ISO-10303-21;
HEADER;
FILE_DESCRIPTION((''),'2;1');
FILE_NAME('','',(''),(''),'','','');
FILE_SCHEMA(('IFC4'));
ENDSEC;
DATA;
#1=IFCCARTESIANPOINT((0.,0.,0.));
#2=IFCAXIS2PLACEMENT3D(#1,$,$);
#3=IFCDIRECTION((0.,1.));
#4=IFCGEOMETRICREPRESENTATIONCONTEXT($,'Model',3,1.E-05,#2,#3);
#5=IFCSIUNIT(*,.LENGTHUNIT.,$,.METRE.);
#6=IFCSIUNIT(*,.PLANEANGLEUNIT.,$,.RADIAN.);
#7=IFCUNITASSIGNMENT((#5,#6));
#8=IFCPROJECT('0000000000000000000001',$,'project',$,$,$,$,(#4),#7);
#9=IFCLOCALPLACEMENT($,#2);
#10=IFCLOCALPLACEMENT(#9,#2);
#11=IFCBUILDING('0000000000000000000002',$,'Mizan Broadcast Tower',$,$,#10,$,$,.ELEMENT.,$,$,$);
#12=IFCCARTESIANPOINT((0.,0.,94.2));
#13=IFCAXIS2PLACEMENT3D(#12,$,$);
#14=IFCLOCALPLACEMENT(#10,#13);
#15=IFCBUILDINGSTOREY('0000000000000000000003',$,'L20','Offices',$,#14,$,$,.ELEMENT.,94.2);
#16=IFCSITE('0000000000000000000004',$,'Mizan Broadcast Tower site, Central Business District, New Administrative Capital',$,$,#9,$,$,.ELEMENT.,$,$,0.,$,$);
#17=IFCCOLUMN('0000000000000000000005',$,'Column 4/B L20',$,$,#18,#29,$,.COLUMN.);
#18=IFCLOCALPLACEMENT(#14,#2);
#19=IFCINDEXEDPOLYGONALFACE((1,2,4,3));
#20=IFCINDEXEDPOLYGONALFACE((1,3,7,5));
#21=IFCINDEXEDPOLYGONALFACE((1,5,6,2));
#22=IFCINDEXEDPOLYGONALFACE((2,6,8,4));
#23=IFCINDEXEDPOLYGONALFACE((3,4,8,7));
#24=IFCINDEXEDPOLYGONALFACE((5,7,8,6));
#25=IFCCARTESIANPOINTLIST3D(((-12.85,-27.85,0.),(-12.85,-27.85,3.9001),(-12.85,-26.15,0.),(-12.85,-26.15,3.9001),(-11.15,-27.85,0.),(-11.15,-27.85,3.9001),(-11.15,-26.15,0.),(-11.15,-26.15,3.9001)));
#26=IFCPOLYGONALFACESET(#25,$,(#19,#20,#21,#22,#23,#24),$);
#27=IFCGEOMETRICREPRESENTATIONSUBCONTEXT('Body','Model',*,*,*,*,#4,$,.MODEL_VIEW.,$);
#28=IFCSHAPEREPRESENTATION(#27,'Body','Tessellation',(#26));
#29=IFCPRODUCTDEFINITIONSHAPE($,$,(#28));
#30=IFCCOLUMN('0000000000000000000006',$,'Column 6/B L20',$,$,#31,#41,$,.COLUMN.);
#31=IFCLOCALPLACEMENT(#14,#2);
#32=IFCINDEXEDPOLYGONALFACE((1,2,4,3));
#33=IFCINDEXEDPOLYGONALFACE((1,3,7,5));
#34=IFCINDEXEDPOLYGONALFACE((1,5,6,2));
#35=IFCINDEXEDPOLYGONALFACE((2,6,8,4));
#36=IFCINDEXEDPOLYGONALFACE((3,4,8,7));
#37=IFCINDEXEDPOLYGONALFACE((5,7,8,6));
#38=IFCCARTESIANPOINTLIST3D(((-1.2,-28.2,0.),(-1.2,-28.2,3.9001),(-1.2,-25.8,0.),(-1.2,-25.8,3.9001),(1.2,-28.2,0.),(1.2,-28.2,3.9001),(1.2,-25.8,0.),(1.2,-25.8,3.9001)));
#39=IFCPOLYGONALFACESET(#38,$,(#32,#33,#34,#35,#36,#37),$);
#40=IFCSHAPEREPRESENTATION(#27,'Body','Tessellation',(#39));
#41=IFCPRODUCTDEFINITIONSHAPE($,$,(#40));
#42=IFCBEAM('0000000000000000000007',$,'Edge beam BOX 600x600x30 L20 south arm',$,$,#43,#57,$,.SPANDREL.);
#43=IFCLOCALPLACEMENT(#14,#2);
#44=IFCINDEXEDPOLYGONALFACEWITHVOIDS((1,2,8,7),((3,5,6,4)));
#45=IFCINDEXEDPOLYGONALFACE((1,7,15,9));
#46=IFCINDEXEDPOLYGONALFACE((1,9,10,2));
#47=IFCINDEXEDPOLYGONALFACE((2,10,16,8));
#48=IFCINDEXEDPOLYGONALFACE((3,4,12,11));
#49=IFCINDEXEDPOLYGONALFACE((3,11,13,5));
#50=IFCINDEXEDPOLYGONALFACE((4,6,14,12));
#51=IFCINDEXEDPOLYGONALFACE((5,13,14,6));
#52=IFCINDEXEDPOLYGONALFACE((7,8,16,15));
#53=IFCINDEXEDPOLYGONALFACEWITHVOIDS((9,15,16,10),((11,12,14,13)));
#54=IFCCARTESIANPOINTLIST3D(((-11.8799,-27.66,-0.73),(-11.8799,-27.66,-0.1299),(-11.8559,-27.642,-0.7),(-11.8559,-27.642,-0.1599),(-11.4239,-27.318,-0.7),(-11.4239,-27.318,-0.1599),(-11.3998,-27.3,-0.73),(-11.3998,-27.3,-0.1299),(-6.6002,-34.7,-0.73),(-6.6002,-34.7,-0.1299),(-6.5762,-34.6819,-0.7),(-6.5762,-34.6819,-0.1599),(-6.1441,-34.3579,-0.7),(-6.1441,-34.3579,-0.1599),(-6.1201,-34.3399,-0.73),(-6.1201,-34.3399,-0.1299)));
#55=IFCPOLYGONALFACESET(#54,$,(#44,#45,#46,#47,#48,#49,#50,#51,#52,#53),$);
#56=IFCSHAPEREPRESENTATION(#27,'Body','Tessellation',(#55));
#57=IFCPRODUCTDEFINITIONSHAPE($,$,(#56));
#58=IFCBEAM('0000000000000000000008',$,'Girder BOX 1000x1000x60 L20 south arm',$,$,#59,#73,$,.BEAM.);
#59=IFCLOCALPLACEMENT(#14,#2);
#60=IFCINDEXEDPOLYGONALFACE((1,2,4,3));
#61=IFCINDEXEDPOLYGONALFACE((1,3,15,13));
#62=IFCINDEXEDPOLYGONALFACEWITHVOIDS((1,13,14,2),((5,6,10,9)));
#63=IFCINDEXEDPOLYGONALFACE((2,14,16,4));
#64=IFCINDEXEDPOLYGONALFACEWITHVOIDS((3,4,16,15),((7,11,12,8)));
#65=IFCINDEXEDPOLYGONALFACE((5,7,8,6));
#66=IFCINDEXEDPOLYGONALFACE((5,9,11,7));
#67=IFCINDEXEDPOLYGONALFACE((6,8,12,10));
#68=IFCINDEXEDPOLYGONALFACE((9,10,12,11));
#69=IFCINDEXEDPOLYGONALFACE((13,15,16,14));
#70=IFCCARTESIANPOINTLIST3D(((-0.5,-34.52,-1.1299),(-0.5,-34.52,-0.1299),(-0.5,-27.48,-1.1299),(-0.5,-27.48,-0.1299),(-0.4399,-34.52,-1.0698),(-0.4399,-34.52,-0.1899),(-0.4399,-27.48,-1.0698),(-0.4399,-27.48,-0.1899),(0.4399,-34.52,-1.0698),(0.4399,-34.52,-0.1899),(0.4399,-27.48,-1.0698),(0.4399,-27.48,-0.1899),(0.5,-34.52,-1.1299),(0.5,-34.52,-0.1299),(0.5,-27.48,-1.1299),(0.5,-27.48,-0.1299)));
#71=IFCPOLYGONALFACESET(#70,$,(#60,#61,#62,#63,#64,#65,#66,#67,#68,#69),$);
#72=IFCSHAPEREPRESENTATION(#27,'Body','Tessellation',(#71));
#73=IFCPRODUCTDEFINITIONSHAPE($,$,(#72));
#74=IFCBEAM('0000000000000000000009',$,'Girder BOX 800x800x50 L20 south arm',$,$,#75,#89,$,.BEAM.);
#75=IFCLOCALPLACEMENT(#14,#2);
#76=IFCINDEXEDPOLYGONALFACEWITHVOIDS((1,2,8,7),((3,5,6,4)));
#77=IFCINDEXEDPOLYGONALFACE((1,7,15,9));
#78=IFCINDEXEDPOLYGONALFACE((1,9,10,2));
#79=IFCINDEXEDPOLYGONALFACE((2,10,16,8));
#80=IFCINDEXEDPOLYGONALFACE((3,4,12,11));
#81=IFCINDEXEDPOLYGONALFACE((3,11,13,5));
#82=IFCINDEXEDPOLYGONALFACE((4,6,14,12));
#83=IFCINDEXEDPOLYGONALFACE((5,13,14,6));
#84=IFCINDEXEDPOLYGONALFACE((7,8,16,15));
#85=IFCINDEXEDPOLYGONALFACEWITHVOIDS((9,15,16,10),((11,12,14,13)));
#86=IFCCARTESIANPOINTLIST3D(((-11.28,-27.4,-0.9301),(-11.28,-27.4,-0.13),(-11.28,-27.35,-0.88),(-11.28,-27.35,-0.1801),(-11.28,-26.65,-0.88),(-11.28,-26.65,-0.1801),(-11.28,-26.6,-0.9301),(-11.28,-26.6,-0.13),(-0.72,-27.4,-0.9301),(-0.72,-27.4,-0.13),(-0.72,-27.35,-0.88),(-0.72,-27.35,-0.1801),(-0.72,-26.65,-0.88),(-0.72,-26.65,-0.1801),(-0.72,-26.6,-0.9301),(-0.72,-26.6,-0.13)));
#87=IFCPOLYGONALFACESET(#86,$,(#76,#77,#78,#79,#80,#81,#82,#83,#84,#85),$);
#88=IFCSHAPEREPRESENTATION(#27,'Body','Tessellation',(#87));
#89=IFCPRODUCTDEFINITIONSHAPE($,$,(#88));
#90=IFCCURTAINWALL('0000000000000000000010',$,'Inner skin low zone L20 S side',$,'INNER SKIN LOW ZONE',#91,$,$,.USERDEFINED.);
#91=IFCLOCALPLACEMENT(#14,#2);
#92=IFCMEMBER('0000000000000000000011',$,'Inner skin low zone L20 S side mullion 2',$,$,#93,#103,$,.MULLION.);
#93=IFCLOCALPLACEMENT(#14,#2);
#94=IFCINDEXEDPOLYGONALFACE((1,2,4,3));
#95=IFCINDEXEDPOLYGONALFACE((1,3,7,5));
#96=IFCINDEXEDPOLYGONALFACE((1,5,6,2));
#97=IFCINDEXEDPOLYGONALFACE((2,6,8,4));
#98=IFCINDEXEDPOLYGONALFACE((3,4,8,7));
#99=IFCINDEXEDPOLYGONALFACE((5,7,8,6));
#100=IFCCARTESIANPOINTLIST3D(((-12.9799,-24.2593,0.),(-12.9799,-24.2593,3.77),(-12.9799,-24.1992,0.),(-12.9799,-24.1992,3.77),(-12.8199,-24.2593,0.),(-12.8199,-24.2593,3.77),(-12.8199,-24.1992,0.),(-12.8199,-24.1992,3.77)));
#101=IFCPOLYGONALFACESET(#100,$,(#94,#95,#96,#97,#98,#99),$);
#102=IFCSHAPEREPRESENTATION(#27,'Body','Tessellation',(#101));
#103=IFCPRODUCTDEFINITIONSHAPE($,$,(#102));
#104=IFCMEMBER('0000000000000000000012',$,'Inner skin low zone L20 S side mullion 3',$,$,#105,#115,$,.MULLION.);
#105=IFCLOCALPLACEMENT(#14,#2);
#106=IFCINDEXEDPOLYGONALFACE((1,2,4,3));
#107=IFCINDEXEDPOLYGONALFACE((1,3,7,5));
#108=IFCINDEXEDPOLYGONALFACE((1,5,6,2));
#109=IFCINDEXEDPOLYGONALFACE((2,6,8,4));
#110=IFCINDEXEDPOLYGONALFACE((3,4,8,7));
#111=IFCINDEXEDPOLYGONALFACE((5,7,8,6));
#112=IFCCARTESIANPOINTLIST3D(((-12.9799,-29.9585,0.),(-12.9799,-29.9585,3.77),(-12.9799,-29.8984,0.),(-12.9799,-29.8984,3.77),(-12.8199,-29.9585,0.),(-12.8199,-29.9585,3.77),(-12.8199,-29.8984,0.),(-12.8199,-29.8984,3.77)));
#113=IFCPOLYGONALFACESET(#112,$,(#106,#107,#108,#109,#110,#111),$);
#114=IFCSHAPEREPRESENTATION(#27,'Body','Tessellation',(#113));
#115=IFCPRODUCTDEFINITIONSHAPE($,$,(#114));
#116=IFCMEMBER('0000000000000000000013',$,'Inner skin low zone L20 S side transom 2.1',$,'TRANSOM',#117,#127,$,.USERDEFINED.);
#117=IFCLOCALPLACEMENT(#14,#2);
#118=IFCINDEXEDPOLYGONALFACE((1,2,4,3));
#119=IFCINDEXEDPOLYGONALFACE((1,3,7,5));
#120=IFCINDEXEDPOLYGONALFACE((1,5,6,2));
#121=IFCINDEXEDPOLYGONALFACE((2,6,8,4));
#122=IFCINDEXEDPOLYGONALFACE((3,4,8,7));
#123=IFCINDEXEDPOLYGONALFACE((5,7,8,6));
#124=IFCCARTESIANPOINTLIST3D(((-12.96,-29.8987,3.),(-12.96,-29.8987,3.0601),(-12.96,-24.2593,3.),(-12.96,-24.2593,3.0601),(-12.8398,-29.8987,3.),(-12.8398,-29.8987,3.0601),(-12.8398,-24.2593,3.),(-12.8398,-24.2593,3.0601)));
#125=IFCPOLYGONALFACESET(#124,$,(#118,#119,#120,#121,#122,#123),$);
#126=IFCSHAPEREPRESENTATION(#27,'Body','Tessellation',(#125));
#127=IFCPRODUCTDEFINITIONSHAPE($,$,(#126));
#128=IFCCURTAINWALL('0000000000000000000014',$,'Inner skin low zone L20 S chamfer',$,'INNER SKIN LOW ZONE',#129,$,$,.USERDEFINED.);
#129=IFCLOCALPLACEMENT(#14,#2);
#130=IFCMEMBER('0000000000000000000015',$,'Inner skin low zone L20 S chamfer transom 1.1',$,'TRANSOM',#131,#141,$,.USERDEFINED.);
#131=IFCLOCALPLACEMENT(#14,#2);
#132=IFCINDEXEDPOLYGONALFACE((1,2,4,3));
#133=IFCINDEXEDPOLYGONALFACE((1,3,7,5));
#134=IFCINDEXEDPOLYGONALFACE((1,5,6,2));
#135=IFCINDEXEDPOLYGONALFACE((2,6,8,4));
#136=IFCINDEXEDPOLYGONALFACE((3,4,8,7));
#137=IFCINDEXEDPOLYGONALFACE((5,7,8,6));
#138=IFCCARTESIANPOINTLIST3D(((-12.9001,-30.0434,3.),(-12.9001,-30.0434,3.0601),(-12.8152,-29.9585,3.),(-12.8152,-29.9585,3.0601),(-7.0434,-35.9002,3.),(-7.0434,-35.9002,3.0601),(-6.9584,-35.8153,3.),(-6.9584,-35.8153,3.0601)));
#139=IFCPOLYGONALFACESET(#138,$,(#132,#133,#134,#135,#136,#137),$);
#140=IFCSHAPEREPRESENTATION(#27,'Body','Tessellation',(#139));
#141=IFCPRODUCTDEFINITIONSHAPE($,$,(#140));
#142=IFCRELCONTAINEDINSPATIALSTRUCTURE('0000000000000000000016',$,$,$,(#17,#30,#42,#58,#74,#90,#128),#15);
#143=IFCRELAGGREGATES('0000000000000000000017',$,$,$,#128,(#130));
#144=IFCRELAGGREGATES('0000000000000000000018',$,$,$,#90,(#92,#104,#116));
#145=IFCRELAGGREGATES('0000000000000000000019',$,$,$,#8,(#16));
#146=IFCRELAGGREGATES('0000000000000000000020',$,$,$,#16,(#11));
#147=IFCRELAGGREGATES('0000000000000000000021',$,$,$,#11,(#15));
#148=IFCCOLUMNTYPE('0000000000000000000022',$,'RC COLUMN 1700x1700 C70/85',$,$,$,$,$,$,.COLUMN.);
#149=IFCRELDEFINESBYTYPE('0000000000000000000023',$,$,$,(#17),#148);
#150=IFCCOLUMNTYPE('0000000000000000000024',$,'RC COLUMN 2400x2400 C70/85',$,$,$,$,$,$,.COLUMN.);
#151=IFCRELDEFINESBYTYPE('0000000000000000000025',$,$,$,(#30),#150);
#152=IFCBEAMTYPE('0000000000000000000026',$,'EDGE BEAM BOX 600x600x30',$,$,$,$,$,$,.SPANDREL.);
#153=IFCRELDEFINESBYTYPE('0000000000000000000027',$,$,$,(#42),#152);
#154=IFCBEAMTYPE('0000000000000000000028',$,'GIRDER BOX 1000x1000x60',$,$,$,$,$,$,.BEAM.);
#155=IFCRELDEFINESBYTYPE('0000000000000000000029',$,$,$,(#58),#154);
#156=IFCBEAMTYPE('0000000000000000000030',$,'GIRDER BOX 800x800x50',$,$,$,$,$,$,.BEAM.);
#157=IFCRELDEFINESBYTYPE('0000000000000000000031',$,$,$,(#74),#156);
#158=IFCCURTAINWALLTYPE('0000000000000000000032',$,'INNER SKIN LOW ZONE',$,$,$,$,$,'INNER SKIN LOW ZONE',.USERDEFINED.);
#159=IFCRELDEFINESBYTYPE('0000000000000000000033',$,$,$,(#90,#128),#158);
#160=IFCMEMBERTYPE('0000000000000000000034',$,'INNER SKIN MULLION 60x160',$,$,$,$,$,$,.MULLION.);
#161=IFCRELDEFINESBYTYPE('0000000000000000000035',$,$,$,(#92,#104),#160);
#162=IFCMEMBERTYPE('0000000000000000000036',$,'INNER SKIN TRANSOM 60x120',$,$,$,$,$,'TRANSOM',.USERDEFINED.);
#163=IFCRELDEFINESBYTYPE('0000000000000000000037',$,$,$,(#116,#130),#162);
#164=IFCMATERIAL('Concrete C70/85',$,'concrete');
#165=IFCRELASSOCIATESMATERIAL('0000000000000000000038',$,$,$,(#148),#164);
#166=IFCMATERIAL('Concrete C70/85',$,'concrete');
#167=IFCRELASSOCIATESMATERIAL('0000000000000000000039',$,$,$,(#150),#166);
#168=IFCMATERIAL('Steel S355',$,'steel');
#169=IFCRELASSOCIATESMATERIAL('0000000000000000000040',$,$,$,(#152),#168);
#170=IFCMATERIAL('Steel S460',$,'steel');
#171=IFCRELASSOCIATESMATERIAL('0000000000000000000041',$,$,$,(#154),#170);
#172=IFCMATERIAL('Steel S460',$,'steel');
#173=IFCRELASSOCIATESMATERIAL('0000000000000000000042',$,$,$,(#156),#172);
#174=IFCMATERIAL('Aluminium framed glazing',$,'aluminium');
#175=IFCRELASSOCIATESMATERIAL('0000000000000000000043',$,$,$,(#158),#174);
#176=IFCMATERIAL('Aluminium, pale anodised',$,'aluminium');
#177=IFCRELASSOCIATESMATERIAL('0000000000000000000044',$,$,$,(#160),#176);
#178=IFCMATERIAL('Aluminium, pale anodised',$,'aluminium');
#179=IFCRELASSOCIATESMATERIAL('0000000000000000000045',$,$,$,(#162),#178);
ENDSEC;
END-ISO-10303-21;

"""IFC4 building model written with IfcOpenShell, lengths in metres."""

from ifc_helpers import new_model, si_unit, direction, frame, origin, origin_2d, place, context, subcontext, project, spatial, rectangle, hollow_rectangle, extrude, material, material_profile, profile_set, type_object, element, aggregate, save


model = new_model("IFC4")

# Units and contexts
model_context = context("Model", 3, precision=1e-05, world=origin(), true_north=direction((0.0, 1.0)))
body_context = subcontext(model_context, "Body", "Model", "MODEL_VIEW")
ifc_project = project(units=[si_unit("LENGTHUNIT", "METRE"), si_unit("PLANEANGLEUNIT", "RADIAN")], contexts=[model_context])

# Site, building, storey
site_placement = place(None, origin())
site = spatial("IfcSite", under=ifc_project, at=site_placement, Name="Mizan Broadcast Tower site, Central Business District, New Administrative Capital", CompositionType="ELEMENT", RefElevation=0.0)
building_placement = place(site_placement, origin())
building = spatial("IfcBuilding", under=site, at=building_placement, Name="Mizan Broadcast Tower", CompositionType="ELEMENT")
storey_placement = place(building_placement, frame((0.0, 0.0, 94.2)))
storey = spatial("IfcBuildingStorey", under=building, at=storey_placement, Name="L20", Description="Offices", CompositionType="ELEMENT", Elevation=94.2)

# Columns
ifc_material_1 = material(Name="Concrete C70/85", Category="concrete")
ifc_material_profile_1 = material_profile(ifc_material_1, rectangle(XDim=1.7, YDim=1.7, at=origin_2d()), Name="RC 1700x1700")
ifc_profile_set_1 = profile_set([ifc_material_profile_1], Name="Concrete C70/85")
column_type_1 = type_object("IfcColumnType", Name="RC COLUMN 1700x1700 C70/85", PredefinedType="COLUMN", material=ifc_profile_set_1)
column_1_placement = place(storey_placement, frame((-12.0, -27.0, 0.0), z_axis=(0.0, 0.0, 1.0), x_axis=(1.0, 0.0, 0.0)))
element("IfcColumn", 1, at=column_1_placement, inside=storey, type_object=column_type_1, Name="Column 4/B L20", PredefinedType="COLUMN", context=body_context, shape_type="SweptSolid", body=[
    extrude(rectangle(XDim=1.7, YDim=1.7, at=origin_2d()), origin(), (0.0, 0.0, 1.0), 3.9001),
])
ifc_material_2 = material(Name="Concrete C70/85", Category="concrete")
ifc_material_profile_2 = material_profile(ifc_material_2, rectangle(XDim=2.3999, YDim=2.3999, at=origin_2d()), Name="RC 2400x2400")
ifc_profile_set_2 = profile_set([ifc_material_profile_2], Name="Concrete C70/85")
column_type_2 = type_object("IfcColumnType", Name="RC COLUMN 2400x2400 C70/85", PredefinedType="COLUMN", material=ifc_profile_set_2)
column_2_placement = place(storey_placement, frame((0.0, -27.0, 0.0), z_axis=(0.0, 0.0, 1.0), x_axis=(1.0, 0.0, 0.0)))
element("IfcColumn", 2, at=column_2_placement, inside=storey, type_object=column_type_2, Name="Column 6/B L20", PredefinedType="COLUMN", context=body_context, shape_type="SweptSolid", body=[
    extrude(rectangle(XDim=2.3999, YDim=2.3999, at=origin_2d()), origin(), (0.0, 0.0, 1.0), 3.9001),
])

# Beams
ifc_material_3 = material(Name="Steel S355", Category="steel")
ifc_material_profile_3 = material_profile(ifc_material_3, hollow_rectangle(XDim=0.6001, YDim=0.6001, WallThickness=0.03, at=origin_2d()), Name="BOX 600x600x30")
ifc_profile_set_3 = profile_set([ifc_material_profile_3], Name="Steel S355")
beam_type_1 = type_object("IfcBeamType", Name="EDGE BEAM BOX 600x600x30", PredefinedType="SPANDREL", material=ifc_profile_set_3)
beam_1_placement = place(storey_placement, frame((-11.6399, -27.48, -0.4299), z_axis=(0.599982, -0.800013, 0.0), x_axis=(0.800013, 0.599982, 0.0)))
element("IfcBeam", 3, at=beam_1_placement, inside=storey, type_object=beam_type_1, Name="Edge beam BOX 600x600x30 L20 south arm", PredefinedType="SPANDREL", context=body_context, shape_type="SweptSolid", body=[
    extrude(hollow_rectangle(XDim=0.6001, YDim=0.6001, WallThickness=0.03, at=origin_2d()), origin(), (0.0, 0.0, 1.0), 8.7998),
])
ifc_material_4 = material(Name="Steel S460", Category="steel")
ifc_material_profile_4 = material_profile(ifc_material_4, hollow_rectangle(XDim=1.0, YDim=1.0, WallThickness=0.0601, at=origin_2d()), Name="BOX 1000x1000x60")
ifc_profile_set_4 = profile_set([ifc_material_profile_4], Name="Steel S460")
beam_type_2 = type_object("IfcBeamType", Name="GIRDER BOX 1000x1000x60", PredefinedType="BEAM", material=ifc_profile_set_4)
beam_2_placement = place(storey_placement, frame((0.0, -27.48, -0.6299), z_axis=(0.0, -1.0, 0.0), x_axis=(1.0, 0.0, 0.0)))
element("IfcBeam", 4, at=beam_2_placement, inside=storey, type_object=beam_type_2, Name="Girder BOX 1000x1000x60 L20 south arm", PredefinedType="BEAM", context=body_context, shape_type="SweptSolid", body=[
    extrude(hollow_rectangle(XDim=1.0, YDim=1.0, WallThickness=0.0601, at=origin_2d()), origin(), (0.0, 0.0, 1.0), 7.04),
])
ifc_material_5 = material(Name="Steel S460", Category="steel")
ifc_material_profile_5 = material_profile(ifc_material_5, hollow_rectangle(XDim=0.8, YDim=0.8, WallThickness=0.05, at=origin_2d()), Name="BOX 800x800x50")
ifc_profile_set_5 = profile_set([ifc_material_profile_5], Name="Steel S460")
beam_type_3 = type_object("IfcBeamType", Name="GIRDER BOX 800x800x50", PredefinedType="BEAM", material=ifc_profile_set_5)
beam_3_placement = place(storey_placement, frame((-11.28, -27.0, -0.53), z_axis=(1.0, 0.0, 0.0), x_axis=(0.0, 1.0, 0.0)))
element("IfcBeam", 5, at=beam_3_placement, inside=storey, type_object=beam_type_3, Name="Girder BOX 800x800x50 L20 south arm", PredefinedType="BEAM", context=body_context, shape_type="SweptSolid", body=[
    extrude(hollow_rectangle(XDim=0.8, YDim=0.8, WallThickness=0.05, at=origin_2d()), origin(), (0.0, 0.0, 1.0), 10.5601),
])

# Curtain wall, members
ifc_material_6 = material(Name="Aluminium framed glazing", Category="aluminium")
curtain_wall_type_1 = type_object("IfcCurtainWallType", Name="INNER SKIN LOW ZONE", ElementType="INNER SKIN LOW ZONE", PredefinedType="USERDEFINED", material=ifc_material_6)
curtain_wall_1_placement = place(storey_placement, origin())
curtain_wall_1 = element("IfcCurtainWall", 6, at=curtain_wall_1_placement, inside=storey, type_object=curtain_wall_type_1, Name="Inner skin low zone L20 S side", ObjectType="INNER SKIN LOW ZONE", PredefinedType="USERDEFINED")
ifc_material_7 = material(Name="Aluminium, pale anodised", Category="aluminium")
ifc_material_profile_6 = material_profile(ifc_material_7, rectangle(XDim=0.1599, YDim=0.0601, at=origin_2d()), Name="MULLION 160x60")
ifc_profile_set_6 = profile_set([ifc_material_profile_6], Name="Aluminium, pale anodised")
member_type_1 = type_object("IfcMemberType", Name="INNER SKIN MULLION 60x160", PredefinedType="MULLION", material=ifc_profile_set_6)
member_1_placement = place(storey_placement, frame((-12.8999, -24.2292, 0.0), z_axis=(0.0, 0.0, 1.0), x_axis=(1.0, 0.0, 0.0)))
member_1 = element("IfcMember", 7, at=member_1_placement, type_object=member_type_1, Name="Inner skin low zone L20 S side mullion 2", PredefinedType="MULLION", context=body_context, shape_type="SweptSolid", body=[
    extrude(rectangle(XDim=0.1599, YDim=0.0601, at=origin_2d()), origin(), (0.0, 0.0, 1.0), 3.77),
])
member_2_placement = place(storey_placement, frame((-12.8999, -29.9285, 0.0), z_axis=(0.0, 0.0, 1.0), x_axis=(1.0, 0.0, 0.0)))
member_2 = element("IfcMember", 8, at=member_2_placement, type_object=member_type_1, Name="Inner skin low zone L20 S side mullion 3", PredefinedType="MULLION", context=body_context, shape_type="SweptSolid", body=[
    extrude(rectangle(XDim=0.1599, YDim=0.0601, at=origin_2d()), origin(), (0.0, 0.0, 1.0), 3.77),
])
ifc_material_8 = material(Name="Aluminium, pale anodised", Category="aluminium")
ifc_material_profile_7 = material_profile(ifc_material_8, rectangle(XDim=0.1201, YDim=0.0601, at=origin_2d()), Name="TRANSOM 120x60")
ifc_profile_set_7 = profile_set([ifc_material_profile_7], Name="Aluminium, pale anodised")
member_type_2 = type_object("IfcMemberType", Name="INNER SKIN TRANSOM 60x120", ElementType="TRANSOM", PredefinedType="USERDEFINED", material=ifc_profile_set_7)
member_3_placement = place(storey_placement, frame((-12.8999, -24.2593, 3.03), z_axis=(0.0, -1.0, 0.0), x_axis=(1.0, 0.0, 0.0)))
member_3 = element("IfcMember", 9, at=member_3_placement, type_object=member_type_2, Name="Inner skin low zone L20 S side transom 2.1", ObjectType="TRANSOM", PredefinedType="USERDEFINED", context=body_context, shape_type="SweptSolid", body=[
    extrude(rectangle(XDim=0.1201, YDim=0.0601, at=origin_2d()), origin(), (0.0, 0.0, 1.0), 5.6394),
])

# Curtain wall, member
curtain_wall_2_placement = place(storey_placement, origin())
curtain_wall_2 = element("IfcCurtainWall", 10, at=curtain_wall_2_placement, inside=storey, type_object=curtain_wall_type_1, Name="Inner skin low zone L20 S chamfer", ObjectType="INNER SKIN LOW ZONE", PredefinedType="USERDEFINED")
member_4_placement = place(storey_placement, frame((-12.8577, -30.001, 3.03), z_axis=(0.707107, -0.707107, 0.0), x_axis=(0.707107, 0.707107, 0.0)))
member_4 = element("IfcMember", 11, at=member_4_placement, type_object=member_type_2, Name="Inner skin low zone L20 S chamfer transom 1.1", ObjectType="TRANSOM", PredefinedType="USERDEFINED", context=body_context, shape_type="SweptSolid", body=[
    extrude(rectangle(XDim=0.1201, YDim=0.0601, at=origin_2d()), origin(), (0.0, 0.0, 1.0), 8.2827),
])
aggregate(curtain_wall_2, [member_4])

aggregate(curtain_wall_1, [member_1, member_2, member_3])

save(model, "model.ifc")
